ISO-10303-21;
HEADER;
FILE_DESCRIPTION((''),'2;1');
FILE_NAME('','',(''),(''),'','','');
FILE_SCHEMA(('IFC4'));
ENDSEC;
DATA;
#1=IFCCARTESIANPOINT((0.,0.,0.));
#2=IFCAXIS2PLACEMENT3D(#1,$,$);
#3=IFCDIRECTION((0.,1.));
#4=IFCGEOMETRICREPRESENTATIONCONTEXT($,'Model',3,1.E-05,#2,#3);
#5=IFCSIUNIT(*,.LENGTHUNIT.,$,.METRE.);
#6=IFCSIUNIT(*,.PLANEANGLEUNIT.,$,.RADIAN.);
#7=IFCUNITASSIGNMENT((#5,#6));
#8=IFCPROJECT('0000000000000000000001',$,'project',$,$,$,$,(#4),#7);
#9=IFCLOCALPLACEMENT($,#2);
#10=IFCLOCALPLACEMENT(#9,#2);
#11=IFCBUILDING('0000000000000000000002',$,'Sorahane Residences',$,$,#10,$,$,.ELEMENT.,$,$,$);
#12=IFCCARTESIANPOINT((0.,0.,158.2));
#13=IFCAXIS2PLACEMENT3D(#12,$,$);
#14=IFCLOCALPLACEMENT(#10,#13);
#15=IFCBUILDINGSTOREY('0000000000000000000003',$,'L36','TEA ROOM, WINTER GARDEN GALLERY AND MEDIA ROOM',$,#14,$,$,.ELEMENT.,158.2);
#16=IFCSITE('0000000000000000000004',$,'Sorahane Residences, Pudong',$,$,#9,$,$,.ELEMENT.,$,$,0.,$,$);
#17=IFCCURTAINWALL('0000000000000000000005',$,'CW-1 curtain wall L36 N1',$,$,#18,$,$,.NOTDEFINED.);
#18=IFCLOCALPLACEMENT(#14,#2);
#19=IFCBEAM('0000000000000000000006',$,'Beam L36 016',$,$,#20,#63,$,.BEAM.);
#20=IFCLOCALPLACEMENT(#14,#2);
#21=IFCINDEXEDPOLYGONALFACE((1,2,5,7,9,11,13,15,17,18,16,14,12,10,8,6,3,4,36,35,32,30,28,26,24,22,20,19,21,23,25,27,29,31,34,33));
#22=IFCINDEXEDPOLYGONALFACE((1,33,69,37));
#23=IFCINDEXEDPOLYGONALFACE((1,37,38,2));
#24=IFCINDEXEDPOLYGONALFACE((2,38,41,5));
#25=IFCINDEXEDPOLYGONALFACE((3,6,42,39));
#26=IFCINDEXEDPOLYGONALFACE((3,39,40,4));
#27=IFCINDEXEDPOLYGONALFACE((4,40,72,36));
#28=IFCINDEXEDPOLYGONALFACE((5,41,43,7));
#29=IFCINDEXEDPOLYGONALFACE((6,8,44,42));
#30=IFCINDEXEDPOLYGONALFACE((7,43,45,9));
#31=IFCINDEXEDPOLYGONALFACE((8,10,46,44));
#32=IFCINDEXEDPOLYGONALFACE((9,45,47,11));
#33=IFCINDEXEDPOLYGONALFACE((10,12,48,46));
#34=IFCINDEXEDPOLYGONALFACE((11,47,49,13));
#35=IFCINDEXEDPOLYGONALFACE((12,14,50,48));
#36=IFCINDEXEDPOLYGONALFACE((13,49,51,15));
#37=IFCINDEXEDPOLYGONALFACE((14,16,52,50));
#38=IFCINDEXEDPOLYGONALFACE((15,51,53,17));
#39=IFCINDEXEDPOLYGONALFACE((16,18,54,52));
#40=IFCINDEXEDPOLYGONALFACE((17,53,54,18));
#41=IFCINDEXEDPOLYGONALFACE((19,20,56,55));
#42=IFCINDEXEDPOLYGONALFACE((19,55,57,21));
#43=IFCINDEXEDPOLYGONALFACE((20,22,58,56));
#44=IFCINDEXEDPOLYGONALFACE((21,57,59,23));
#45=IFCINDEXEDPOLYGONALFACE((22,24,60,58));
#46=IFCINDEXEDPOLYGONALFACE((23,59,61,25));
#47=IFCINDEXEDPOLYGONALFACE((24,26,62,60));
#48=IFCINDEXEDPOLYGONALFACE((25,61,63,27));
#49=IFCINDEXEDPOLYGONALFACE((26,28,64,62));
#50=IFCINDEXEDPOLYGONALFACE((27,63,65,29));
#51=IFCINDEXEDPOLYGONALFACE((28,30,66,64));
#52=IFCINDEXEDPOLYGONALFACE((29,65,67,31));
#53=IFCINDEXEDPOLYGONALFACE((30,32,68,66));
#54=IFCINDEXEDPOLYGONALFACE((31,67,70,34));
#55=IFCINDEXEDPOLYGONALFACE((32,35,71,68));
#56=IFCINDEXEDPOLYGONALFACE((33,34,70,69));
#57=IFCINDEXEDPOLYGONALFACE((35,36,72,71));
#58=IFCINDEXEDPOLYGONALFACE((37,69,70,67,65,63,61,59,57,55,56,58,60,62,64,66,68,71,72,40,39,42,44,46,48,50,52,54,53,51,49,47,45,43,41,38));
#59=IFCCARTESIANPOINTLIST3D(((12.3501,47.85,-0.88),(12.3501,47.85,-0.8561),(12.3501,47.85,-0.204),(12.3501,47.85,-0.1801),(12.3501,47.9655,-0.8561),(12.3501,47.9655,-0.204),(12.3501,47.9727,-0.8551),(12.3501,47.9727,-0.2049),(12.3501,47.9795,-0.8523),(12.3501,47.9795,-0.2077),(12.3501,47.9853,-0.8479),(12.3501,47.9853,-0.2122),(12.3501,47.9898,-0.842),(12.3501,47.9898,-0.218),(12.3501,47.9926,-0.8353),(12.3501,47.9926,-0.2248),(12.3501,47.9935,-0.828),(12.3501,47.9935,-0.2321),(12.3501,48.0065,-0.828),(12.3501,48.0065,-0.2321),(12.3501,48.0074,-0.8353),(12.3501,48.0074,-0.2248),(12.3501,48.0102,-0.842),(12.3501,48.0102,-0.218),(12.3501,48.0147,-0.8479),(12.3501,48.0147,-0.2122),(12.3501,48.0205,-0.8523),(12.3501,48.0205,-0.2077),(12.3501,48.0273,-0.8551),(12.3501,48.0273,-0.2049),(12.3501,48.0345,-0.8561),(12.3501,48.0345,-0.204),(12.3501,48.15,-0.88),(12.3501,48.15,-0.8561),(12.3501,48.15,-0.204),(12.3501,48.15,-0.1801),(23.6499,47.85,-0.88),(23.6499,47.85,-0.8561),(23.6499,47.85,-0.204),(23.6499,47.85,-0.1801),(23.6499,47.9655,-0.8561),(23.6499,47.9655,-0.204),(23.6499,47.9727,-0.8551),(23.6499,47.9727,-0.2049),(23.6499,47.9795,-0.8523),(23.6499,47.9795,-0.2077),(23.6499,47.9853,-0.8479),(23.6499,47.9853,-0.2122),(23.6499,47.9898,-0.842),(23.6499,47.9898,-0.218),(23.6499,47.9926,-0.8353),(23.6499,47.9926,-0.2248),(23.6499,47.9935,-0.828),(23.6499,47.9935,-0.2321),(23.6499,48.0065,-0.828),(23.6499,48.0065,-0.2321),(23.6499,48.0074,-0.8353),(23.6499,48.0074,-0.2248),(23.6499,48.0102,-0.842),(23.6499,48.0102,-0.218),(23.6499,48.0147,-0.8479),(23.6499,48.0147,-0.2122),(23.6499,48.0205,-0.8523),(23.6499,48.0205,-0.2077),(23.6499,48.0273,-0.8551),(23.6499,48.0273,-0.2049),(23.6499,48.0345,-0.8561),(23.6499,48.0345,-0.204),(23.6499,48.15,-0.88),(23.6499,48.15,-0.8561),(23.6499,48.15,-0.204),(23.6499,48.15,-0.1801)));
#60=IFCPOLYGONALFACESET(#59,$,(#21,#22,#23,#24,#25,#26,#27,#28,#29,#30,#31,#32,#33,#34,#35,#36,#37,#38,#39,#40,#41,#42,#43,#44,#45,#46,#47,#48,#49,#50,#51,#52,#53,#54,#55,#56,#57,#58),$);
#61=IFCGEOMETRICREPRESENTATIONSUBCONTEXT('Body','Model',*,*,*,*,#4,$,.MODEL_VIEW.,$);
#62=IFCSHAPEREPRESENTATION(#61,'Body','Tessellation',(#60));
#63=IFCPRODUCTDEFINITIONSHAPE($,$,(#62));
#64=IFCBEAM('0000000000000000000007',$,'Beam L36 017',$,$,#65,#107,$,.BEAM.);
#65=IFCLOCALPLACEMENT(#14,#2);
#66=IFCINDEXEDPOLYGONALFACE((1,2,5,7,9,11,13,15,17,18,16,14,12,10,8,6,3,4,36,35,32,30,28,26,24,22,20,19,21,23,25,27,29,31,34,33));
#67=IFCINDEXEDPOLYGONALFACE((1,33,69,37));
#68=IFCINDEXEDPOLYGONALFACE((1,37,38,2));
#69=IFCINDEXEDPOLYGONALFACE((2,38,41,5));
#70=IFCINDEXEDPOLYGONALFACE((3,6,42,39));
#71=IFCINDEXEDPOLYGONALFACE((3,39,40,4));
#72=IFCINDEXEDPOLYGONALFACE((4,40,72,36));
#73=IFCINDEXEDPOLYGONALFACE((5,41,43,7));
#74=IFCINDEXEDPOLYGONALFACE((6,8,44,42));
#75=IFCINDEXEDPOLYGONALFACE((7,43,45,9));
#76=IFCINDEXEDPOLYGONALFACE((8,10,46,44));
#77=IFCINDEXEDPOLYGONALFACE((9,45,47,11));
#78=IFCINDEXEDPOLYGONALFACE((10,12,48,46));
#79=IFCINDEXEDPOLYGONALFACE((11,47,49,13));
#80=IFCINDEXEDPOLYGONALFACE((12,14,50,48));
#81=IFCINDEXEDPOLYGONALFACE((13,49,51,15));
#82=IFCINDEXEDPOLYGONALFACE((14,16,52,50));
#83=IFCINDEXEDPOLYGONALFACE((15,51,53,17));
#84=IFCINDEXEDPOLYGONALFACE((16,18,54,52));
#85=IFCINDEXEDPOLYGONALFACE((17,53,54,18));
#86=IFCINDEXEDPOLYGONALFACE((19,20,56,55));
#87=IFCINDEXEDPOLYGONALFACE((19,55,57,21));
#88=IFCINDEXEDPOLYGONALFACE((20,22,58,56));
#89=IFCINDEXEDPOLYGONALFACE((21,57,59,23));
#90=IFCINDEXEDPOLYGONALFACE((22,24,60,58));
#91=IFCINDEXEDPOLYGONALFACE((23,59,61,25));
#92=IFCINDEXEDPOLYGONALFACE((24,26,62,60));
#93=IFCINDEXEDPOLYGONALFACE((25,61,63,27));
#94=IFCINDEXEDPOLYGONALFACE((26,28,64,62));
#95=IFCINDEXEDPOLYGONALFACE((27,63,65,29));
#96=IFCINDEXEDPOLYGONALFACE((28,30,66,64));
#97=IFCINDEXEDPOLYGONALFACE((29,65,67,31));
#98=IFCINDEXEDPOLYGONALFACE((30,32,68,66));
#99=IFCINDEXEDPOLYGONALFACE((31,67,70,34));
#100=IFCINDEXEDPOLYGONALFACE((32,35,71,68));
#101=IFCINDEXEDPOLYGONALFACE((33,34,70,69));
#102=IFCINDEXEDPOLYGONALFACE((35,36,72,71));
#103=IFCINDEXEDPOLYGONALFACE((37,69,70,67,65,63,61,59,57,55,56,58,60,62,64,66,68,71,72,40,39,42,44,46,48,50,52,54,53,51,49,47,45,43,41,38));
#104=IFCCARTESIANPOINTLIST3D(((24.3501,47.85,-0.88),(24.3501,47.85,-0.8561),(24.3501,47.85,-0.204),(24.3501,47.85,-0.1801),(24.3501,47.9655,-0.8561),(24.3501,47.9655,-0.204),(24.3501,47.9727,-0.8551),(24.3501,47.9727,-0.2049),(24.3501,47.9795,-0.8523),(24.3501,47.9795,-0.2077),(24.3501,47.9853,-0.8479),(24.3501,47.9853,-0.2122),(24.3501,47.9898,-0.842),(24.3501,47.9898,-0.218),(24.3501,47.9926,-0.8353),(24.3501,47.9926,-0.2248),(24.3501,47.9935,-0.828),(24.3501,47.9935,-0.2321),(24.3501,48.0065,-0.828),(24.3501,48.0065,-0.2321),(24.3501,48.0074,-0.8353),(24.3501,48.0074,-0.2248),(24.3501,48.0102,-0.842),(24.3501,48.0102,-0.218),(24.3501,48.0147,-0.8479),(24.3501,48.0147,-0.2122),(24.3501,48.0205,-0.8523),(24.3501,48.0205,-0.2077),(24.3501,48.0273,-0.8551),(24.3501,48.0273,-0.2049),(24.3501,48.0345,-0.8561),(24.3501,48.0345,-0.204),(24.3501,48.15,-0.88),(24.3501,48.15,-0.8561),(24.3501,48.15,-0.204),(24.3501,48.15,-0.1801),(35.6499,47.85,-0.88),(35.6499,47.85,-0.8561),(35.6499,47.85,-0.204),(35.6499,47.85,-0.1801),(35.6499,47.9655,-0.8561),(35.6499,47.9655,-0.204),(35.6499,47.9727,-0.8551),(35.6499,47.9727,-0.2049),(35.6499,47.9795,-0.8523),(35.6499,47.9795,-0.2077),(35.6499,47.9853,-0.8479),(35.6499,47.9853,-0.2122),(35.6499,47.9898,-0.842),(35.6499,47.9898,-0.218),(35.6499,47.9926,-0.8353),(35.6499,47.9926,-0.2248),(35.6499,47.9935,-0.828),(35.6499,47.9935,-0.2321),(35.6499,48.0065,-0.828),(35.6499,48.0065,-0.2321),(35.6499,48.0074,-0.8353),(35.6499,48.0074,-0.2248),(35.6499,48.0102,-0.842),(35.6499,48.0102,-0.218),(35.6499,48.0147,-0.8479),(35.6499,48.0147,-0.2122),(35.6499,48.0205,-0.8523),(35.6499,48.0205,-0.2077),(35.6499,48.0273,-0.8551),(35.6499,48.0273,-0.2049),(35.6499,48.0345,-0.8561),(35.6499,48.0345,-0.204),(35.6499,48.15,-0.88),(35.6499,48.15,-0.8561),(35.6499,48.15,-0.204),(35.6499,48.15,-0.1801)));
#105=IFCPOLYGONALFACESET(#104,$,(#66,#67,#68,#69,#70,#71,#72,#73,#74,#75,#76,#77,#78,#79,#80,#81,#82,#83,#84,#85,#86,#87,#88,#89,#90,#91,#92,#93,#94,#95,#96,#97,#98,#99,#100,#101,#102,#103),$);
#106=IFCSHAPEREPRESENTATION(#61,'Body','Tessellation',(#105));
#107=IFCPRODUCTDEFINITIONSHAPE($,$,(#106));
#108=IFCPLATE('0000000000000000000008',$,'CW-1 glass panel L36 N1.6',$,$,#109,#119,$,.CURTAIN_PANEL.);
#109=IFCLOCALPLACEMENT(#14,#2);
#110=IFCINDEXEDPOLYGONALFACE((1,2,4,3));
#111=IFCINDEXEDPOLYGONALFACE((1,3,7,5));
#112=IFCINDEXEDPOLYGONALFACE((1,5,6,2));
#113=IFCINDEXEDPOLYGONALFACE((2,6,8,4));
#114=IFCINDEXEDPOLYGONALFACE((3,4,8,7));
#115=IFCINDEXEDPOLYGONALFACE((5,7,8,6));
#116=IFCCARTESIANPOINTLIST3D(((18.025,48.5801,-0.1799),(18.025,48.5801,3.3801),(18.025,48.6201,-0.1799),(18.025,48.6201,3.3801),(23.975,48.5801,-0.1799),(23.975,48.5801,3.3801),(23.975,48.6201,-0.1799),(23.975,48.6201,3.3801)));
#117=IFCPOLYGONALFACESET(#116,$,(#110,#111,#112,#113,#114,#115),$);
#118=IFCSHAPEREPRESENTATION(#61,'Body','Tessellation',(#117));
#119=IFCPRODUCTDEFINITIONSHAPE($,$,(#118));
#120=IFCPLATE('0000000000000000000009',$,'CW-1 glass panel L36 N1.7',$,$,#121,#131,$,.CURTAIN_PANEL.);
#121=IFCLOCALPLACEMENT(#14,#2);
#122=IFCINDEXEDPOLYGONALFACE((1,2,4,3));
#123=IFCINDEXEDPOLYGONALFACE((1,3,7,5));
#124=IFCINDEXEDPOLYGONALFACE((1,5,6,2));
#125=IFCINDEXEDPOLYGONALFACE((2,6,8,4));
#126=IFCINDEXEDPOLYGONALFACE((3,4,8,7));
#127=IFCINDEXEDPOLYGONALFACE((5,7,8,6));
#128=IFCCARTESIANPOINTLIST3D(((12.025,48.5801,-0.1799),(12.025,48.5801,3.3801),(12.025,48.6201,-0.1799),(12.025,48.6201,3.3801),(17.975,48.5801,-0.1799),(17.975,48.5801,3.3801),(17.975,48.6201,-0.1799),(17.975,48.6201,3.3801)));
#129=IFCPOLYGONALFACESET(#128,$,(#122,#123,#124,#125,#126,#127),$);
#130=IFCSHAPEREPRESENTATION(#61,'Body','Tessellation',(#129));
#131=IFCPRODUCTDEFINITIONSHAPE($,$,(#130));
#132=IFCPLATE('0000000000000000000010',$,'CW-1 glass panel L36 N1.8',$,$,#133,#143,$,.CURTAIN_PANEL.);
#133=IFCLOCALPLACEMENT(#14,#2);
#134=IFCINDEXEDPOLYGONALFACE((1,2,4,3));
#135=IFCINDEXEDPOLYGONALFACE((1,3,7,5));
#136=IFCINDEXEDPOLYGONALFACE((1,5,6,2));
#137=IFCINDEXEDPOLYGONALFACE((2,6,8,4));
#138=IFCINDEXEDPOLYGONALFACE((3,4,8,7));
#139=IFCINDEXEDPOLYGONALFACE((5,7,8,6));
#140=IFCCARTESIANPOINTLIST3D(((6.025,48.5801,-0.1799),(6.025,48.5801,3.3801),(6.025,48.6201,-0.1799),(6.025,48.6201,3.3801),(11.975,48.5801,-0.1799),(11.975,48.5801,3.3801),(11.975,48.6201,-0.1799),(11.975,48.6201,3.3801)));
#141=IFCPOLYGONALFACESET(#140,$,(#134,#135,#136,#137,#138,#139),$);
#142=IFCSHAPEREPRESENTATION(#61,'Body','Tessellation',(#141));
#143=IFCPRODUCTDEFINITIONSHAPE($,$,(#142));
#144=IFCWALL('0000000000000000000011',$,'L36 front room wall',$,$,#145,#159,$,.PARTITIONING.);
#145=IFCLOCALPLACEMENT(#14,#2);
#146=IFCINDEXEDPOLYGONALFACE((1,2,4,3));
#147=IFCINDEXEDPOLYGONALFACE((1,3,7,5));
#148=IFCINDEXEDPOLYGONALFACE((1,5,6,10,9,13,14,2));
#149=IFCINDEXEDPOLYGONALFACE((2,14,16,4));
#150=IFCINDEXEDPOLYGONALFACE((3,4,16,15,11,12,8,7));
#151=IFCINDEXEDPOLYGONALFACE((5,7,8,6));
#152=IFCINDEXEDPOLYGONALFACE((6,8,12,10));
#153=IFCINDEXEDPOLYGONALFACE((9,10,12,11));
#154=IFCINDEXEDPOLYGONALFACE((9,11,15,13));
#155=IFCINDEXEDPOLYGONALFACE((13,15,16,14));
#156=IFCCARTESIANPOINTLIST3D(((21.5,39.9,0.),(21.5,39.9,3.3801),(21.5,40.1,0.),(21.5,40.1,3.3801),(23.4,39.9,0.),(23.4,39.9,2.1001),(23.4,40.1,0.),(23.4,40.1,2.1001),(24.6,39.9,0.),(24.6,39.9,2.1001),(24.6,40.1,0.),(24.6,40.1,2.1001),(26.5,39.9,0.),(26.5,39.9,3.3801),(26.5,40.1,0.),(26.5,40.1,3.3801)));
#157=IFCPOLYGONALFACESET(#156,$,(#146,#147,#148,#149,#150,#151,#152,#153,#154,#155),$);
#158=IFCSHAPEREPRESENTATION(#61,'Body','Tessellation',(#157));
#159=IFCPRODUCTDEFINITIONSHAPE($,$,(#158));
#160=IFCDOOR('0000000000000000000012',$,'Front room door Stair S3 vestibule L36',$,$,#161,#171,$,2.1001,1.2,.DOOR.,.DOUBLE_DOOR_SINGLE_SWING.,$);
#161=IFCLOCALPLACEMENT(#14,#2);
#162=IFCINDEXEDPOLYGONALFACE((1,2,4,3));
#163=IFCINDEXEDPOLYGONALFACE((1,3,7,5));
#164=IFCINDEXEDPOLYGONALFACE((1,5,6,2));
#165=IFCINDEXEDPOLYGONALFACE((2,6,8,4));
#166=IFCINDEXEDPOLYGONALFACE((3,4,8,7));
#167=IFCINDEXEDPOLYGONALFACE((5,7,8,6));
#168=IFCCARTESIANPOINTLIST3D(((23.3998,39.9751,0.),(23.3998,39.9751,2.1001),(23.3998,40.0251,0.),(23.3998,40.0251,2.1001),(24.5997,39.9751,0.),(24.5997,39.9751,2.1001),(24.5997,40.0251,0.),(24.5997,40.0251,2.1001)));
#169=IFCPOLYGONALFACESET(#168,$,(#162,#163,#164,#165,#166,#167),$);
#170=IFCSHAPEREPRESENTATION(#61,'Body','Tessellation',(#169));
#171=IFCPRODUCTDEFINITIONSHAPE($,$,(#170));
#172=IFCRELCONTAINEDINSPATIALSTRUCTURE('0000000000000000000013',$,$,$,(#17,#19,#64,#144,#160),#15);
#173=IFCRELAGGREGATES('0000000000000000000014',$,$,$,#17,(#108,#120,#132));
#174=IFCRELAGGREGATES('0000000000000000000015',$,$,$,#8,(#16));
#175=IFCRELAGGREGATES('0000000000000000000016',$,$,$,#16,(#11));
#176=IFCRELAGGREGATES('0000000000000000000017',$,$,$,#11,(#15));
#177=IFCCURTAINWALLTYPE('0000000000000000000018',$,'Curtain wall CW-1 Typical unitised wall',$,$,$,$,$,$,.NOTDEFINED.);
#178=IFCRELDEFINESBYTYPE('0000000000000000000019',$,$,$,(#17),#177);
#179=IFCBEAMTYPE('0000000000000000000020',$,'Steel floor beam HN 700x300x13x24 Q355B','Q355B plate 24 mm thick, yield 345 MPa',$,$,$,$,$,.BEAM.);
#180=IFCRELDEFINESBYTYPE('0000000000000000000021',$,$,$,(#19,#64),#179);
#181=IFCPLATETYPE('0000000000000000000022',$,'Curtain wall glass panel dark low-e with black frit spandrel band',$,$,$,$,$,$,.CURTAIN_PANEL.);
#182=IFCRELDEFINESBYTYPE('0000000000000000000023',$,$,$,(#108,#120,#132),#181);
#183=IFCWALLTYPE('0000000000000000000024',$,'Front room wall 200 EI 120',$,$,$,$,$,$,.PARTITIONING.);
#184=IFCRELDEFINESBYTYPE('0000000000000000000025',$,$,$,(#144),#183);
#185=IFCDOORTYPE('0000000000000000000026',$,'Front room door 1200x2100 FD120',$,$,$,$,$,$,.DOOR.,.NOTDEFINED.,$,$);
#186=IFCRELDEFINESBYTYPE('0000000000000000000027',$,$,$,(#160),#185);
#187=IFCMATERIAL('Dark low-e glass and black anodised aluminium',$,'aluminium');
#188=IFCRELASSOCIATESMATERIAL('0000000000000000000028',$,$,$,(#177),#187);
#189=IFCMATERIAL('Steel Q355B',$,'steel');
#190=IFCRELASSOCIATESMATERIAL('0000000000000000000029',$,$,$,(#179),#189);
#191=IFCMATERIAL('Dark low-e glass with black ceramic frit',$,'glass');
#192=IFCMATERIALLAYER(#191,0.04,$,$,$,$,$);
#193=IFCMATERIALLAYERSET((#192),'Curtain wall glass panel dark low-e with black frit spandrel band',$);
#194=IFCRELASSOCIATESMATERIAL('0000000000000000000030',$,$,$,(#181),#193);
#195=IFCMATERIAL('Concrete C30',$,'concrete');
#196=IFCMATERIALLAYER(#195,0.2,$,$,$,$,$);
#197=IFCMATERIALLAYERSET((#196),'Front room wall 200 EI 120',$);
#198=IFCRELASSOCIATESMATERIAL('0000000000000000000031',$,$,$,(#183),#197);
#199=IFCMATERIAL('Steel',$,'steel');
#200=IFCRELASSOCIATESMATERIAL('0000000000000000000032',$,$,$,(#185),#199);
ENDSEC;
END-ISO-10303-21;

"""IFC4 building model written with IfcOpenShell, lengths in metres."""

from ifc_helpers import new_model, si_unit, direction, frame, frame_2d, origin, origin_2d, place, context, subcontext, project, spatial, rectangle, i_section, extrude, material, layer, layer_set, material_profile, profile_set, type_object, element, fill, aggregate, save


model = new_model("IFC4")

# Units and contexts
model_context = context("Model", 3, precision=1e-05, world=origin(), true_north=direction((0.0, 1.0)))
body_context = subcontext(model_context, "Body", "Model", "MODEL_VIEW")
ifc_project = project(units=[si_unit("LENGTHUNIT", "METRE"), si_unit("PLANEANGLEUNIT", "RADIAN")], contexts=[model_context])

# Site, building, storey
site_placement = place(None, origin())
site = spatial("IfcSite", under=ifc_project, at=site_placement, Name="Sorahane Residences, Pudong", CompositionType="ELEMENT", RefElevation=0.0)
building_placement = place(site_placement, origin())
building = spatial("IfcBuilding", under=site, at=building_placement, Name="Sorahane Residences", CompositionType="ELEMENT")
storey_placement = place(building_placement, frame((0.0, 0.0, 158.2)))
storey = spatial("IfcBuildingStorey", under=building, at=storey_placement, Name="L36", Description="TEA ROOM, WINTER GARDEN GALLERY AND MEDIA ROOM", CompositionType="ELEMENT", Elevation=158.2)

# Curtain wall
ifc_material_1 = material(Name="Dark low-e glass and black anodised aluminium", Category="aluminium")
curtain_wall_type = type_object("IfcCurtainWallType", Name="Curtain wall CW-1 Typical unitised wall", PredefinedType="NOTDEFINED", material=ifc_material_1)
curtain_wall_placement = place(storey_placement, origin())
curtain_wall = element("IfcCurtainWall", 1, at=curtain_wall_placement, inside=storey, type_object=curtain_wall_type, Name="CW-1 curtain wall L36 N1", PredefinedType="NOTDEFINED")

# Beams
ifc_material_2 = material(Name="Steel Q355B", Category="steel")
ifc_material_profile_1 = material_profile(ifc_material_2, i_section(OverallWidth=0.3, OverallDepth=0.7, WebThickness=0.0129, FlangeThickness=0.0239, FilletRadius=0.0281, at=origin_2d()), Name="HN 700x300x13x24")
ifc_profile_set_1 = profile_set([ifc_material_profile_1], Name="Steel Q355B")
beam_type_1 = type_object("IfcBeamType", Name="Steel floor beam HN 700x300x13x24 Q355B", Description="Q355B plate 24 mm thick, yield 345 MPa", PredefinedType="BEAM", material=ifc_profile_set_1)
for number, where, z_axis, x_axis, name in (
    (2, (12.3501, 48.0, -0.53), (1.0, 0.0, 0.0), (0.0, 1.0, 0.0), "Beam L36 016"),
    (3, (24.3501, 48.0, -0.53), (1.0, 0.0, 0.0), (0.0, 1.0, 0.0), "Beam L36 017"),
):
    element("IfcBeam", number, at=place(storey_placement, frame(where, z_axis=z_axis, x_axis=x_axis)), inside=storey, type_object=beam_type_1, Name=name, PredefinedType="BEAM", context=body_context, shape_type="SweptSolid", body=[
        extrude(i_section(OverallWidth=0.3, OverallDepth=0.7, WebThickness=0.0129, FlangeThickness=0.0239, FilletRadius=0.0281, at=origin_2d()), origin(), (0.0, 0.0, 1.0), 11.2998),
    ])

# Plates
ifc_material_3 = material(Name="Dark low-e glass with black ceramic frit", Category="glass")
ifc_layer_1 = layer(ifc_material_3, 0.04)
ifc_layer_set_1 = layer_set([ifc_layer_1], Name="Curtain wall glass panel dark low-e with black frit spandrel band")
plate_type = type_object("IfcPlateType", Name="Curtain wall glass panel dark low-e with black frit spandrel band", PredefinedType="CURTAIN_PANEL", material=ifc_layer_set_1)
plate_1_placement = place(storey_placement, frame((21.0, 48.6001, -0.1799), z_axis=(0.0, 0.0, 1.0), x_axis=(-1.0, 0.0, 0.0)))
plate_1 = element("IfcPlate", 4, at=plate_1_placement, type_object=plate_type, Name="CW-1 glass panel L36 N1.6", PredefinedType="CURTAIN_PANEL", context=body_context, shape_type="SweptSolid", body=[
    extrude(rectangle(XDim=5.95, YDim=0.04, at=origin_2d()), origin(), (0.0, 0.0, 1.0), 3.5601),
])
plate_2_placement = place(storey_placement, frame((15.0, 48.6001, -0.1799), z_axis=(0.0, 0.0, 1.0), x_axis=(-1.0, 0.0, 0.0)))
plate_2 = element("IfcPlate", 5, at=plate_2_placement, type_object=plate_type, Name="CW-1 glass panel L36 N1.7", PredefinedType="CURTAIN_PANEL", context=body_context, shape_type="SweptSolid", body=[
    extrude(rectangle(XDim=5.95, YDim=0.04, at=origin_2d()), origin(), (0.0, 0.0, 1.0), 3.5601),
])
plate_3_placement = place(storey_placement, frame((9.0, 48.6001, -0.1799), z_axis=(0.0, 0.0, 1.0), x_axis=(-1.0, 0.0, 0.0)))
plate_3 = element("IfcPlate", 6, at=plate_3_placement, type_object=plate_type, Name="CW-1 glass panel L36 N1.8", PredefinedType="CURTAIN_PANEL", context=body_context, shape_type="SweptSolid", body=[
    extrude(rectangle(XDim=5.95, YDim=0.04, at=origin_2d()), origin(), (0.0, 0.0, 1.0), 3.5601),
])
aggregate(curtain_wall, [plate_1, plate_2, plate_3])

# Wall, opening, door
ifc_material_4 = material(Name="Concrete C30", Category="concrete")
ifc_layer_2 = layer(ifc_material_4, 0.2)
ifc_layer_set_2 = layer_set([ifc_layer_2], Name="Front room wall 200 EI 120")
wall_type_1 = type_object("IfcWallType", Name="Front room wall 200 EI 120", PredefinedType="PARTITIONING", material=ifc_layer_set_2)
wall_1_placement = place(storey_placement, frame((21.5, 40.0, 0.0), z_axis=(0.0, 0.0, 1.0), x_axis=(1.0, 0.0, 0.0)))
wall_1 = element("IfcWall", 7, at=wall_1_placement, inside=storey, type_object=wall_type_1, Name="L36 front room wall", PredefinedType="PARTITIONING", context=body_context, shape_type="SweptSolid", body=[
    extrude(rectangle(XDim=5.0, YDim=0.2, at=frame_2d((2.5, 0.0))), origin(), (0.0, 0.0, 1.0), 3.3801),
])
opening_1_placement = place(wall_1_placement, frame((1.8999, 0.0, 0.0)))
opening_1 = element("IfcOpeningElement", 8, at=opening_1_placement, cuts=wall_1, PredefinedType="OPENING", context=body_context, shape_type="SweptSolid", body=[
    extrude(rectangle(XDim=1.2, YDim=2.1001, at=frame_2d((0.6001, 1.05))), frame((0.0, 0.1099, 0.0), z_axis=(0.0, -1.0, 0.0), x_axis=(1.0, 0.0, 0.0)), (0.0, 0.0, 1.0), 0.22),
])
ifc_material_5 = material(Name="Steel", Category="steel")
door_type = type_object("IfcDoorType", Name="Front room door 1200x2100 FD120", OperationType="NOTDEFINED", PredefinedType="DOOR", material=ifc_material_5)
door_1_placement = place(opening_1_placement, frame((1.2, 0.0, 0.0), z_axis=(0.0, 0.0, 1.0), x_axis=(-1.0, 0.0, 0.0)))
door_1 = element("IfcDoor", 9, at=door_1_placement, inside=storey, type_object=door_type, Name="Front room door Stair S3 vestibule L36", OperationType="DOUBLE_DOOR_SINGLE_SWING", OverallHeight=2.1001, OverallWidth=1.2, PredefinedType="DOOR", context=body_context, shape_type="SweptSolid", body=[
    extrude(rectangle(XDim=1.2, YDim=2.1001, at=frame_2d((0.6001, 1.05))), frame((0.0, 0.0249, 0.0), z_axis=(0.0, -1.0, 0.0), x_axis=(1.0, 0.0, 0.0)), (0.0, 0.0, 1.0), 0.05),
])
fill(opening_1, door_1)

save(model, "model.ifc")
